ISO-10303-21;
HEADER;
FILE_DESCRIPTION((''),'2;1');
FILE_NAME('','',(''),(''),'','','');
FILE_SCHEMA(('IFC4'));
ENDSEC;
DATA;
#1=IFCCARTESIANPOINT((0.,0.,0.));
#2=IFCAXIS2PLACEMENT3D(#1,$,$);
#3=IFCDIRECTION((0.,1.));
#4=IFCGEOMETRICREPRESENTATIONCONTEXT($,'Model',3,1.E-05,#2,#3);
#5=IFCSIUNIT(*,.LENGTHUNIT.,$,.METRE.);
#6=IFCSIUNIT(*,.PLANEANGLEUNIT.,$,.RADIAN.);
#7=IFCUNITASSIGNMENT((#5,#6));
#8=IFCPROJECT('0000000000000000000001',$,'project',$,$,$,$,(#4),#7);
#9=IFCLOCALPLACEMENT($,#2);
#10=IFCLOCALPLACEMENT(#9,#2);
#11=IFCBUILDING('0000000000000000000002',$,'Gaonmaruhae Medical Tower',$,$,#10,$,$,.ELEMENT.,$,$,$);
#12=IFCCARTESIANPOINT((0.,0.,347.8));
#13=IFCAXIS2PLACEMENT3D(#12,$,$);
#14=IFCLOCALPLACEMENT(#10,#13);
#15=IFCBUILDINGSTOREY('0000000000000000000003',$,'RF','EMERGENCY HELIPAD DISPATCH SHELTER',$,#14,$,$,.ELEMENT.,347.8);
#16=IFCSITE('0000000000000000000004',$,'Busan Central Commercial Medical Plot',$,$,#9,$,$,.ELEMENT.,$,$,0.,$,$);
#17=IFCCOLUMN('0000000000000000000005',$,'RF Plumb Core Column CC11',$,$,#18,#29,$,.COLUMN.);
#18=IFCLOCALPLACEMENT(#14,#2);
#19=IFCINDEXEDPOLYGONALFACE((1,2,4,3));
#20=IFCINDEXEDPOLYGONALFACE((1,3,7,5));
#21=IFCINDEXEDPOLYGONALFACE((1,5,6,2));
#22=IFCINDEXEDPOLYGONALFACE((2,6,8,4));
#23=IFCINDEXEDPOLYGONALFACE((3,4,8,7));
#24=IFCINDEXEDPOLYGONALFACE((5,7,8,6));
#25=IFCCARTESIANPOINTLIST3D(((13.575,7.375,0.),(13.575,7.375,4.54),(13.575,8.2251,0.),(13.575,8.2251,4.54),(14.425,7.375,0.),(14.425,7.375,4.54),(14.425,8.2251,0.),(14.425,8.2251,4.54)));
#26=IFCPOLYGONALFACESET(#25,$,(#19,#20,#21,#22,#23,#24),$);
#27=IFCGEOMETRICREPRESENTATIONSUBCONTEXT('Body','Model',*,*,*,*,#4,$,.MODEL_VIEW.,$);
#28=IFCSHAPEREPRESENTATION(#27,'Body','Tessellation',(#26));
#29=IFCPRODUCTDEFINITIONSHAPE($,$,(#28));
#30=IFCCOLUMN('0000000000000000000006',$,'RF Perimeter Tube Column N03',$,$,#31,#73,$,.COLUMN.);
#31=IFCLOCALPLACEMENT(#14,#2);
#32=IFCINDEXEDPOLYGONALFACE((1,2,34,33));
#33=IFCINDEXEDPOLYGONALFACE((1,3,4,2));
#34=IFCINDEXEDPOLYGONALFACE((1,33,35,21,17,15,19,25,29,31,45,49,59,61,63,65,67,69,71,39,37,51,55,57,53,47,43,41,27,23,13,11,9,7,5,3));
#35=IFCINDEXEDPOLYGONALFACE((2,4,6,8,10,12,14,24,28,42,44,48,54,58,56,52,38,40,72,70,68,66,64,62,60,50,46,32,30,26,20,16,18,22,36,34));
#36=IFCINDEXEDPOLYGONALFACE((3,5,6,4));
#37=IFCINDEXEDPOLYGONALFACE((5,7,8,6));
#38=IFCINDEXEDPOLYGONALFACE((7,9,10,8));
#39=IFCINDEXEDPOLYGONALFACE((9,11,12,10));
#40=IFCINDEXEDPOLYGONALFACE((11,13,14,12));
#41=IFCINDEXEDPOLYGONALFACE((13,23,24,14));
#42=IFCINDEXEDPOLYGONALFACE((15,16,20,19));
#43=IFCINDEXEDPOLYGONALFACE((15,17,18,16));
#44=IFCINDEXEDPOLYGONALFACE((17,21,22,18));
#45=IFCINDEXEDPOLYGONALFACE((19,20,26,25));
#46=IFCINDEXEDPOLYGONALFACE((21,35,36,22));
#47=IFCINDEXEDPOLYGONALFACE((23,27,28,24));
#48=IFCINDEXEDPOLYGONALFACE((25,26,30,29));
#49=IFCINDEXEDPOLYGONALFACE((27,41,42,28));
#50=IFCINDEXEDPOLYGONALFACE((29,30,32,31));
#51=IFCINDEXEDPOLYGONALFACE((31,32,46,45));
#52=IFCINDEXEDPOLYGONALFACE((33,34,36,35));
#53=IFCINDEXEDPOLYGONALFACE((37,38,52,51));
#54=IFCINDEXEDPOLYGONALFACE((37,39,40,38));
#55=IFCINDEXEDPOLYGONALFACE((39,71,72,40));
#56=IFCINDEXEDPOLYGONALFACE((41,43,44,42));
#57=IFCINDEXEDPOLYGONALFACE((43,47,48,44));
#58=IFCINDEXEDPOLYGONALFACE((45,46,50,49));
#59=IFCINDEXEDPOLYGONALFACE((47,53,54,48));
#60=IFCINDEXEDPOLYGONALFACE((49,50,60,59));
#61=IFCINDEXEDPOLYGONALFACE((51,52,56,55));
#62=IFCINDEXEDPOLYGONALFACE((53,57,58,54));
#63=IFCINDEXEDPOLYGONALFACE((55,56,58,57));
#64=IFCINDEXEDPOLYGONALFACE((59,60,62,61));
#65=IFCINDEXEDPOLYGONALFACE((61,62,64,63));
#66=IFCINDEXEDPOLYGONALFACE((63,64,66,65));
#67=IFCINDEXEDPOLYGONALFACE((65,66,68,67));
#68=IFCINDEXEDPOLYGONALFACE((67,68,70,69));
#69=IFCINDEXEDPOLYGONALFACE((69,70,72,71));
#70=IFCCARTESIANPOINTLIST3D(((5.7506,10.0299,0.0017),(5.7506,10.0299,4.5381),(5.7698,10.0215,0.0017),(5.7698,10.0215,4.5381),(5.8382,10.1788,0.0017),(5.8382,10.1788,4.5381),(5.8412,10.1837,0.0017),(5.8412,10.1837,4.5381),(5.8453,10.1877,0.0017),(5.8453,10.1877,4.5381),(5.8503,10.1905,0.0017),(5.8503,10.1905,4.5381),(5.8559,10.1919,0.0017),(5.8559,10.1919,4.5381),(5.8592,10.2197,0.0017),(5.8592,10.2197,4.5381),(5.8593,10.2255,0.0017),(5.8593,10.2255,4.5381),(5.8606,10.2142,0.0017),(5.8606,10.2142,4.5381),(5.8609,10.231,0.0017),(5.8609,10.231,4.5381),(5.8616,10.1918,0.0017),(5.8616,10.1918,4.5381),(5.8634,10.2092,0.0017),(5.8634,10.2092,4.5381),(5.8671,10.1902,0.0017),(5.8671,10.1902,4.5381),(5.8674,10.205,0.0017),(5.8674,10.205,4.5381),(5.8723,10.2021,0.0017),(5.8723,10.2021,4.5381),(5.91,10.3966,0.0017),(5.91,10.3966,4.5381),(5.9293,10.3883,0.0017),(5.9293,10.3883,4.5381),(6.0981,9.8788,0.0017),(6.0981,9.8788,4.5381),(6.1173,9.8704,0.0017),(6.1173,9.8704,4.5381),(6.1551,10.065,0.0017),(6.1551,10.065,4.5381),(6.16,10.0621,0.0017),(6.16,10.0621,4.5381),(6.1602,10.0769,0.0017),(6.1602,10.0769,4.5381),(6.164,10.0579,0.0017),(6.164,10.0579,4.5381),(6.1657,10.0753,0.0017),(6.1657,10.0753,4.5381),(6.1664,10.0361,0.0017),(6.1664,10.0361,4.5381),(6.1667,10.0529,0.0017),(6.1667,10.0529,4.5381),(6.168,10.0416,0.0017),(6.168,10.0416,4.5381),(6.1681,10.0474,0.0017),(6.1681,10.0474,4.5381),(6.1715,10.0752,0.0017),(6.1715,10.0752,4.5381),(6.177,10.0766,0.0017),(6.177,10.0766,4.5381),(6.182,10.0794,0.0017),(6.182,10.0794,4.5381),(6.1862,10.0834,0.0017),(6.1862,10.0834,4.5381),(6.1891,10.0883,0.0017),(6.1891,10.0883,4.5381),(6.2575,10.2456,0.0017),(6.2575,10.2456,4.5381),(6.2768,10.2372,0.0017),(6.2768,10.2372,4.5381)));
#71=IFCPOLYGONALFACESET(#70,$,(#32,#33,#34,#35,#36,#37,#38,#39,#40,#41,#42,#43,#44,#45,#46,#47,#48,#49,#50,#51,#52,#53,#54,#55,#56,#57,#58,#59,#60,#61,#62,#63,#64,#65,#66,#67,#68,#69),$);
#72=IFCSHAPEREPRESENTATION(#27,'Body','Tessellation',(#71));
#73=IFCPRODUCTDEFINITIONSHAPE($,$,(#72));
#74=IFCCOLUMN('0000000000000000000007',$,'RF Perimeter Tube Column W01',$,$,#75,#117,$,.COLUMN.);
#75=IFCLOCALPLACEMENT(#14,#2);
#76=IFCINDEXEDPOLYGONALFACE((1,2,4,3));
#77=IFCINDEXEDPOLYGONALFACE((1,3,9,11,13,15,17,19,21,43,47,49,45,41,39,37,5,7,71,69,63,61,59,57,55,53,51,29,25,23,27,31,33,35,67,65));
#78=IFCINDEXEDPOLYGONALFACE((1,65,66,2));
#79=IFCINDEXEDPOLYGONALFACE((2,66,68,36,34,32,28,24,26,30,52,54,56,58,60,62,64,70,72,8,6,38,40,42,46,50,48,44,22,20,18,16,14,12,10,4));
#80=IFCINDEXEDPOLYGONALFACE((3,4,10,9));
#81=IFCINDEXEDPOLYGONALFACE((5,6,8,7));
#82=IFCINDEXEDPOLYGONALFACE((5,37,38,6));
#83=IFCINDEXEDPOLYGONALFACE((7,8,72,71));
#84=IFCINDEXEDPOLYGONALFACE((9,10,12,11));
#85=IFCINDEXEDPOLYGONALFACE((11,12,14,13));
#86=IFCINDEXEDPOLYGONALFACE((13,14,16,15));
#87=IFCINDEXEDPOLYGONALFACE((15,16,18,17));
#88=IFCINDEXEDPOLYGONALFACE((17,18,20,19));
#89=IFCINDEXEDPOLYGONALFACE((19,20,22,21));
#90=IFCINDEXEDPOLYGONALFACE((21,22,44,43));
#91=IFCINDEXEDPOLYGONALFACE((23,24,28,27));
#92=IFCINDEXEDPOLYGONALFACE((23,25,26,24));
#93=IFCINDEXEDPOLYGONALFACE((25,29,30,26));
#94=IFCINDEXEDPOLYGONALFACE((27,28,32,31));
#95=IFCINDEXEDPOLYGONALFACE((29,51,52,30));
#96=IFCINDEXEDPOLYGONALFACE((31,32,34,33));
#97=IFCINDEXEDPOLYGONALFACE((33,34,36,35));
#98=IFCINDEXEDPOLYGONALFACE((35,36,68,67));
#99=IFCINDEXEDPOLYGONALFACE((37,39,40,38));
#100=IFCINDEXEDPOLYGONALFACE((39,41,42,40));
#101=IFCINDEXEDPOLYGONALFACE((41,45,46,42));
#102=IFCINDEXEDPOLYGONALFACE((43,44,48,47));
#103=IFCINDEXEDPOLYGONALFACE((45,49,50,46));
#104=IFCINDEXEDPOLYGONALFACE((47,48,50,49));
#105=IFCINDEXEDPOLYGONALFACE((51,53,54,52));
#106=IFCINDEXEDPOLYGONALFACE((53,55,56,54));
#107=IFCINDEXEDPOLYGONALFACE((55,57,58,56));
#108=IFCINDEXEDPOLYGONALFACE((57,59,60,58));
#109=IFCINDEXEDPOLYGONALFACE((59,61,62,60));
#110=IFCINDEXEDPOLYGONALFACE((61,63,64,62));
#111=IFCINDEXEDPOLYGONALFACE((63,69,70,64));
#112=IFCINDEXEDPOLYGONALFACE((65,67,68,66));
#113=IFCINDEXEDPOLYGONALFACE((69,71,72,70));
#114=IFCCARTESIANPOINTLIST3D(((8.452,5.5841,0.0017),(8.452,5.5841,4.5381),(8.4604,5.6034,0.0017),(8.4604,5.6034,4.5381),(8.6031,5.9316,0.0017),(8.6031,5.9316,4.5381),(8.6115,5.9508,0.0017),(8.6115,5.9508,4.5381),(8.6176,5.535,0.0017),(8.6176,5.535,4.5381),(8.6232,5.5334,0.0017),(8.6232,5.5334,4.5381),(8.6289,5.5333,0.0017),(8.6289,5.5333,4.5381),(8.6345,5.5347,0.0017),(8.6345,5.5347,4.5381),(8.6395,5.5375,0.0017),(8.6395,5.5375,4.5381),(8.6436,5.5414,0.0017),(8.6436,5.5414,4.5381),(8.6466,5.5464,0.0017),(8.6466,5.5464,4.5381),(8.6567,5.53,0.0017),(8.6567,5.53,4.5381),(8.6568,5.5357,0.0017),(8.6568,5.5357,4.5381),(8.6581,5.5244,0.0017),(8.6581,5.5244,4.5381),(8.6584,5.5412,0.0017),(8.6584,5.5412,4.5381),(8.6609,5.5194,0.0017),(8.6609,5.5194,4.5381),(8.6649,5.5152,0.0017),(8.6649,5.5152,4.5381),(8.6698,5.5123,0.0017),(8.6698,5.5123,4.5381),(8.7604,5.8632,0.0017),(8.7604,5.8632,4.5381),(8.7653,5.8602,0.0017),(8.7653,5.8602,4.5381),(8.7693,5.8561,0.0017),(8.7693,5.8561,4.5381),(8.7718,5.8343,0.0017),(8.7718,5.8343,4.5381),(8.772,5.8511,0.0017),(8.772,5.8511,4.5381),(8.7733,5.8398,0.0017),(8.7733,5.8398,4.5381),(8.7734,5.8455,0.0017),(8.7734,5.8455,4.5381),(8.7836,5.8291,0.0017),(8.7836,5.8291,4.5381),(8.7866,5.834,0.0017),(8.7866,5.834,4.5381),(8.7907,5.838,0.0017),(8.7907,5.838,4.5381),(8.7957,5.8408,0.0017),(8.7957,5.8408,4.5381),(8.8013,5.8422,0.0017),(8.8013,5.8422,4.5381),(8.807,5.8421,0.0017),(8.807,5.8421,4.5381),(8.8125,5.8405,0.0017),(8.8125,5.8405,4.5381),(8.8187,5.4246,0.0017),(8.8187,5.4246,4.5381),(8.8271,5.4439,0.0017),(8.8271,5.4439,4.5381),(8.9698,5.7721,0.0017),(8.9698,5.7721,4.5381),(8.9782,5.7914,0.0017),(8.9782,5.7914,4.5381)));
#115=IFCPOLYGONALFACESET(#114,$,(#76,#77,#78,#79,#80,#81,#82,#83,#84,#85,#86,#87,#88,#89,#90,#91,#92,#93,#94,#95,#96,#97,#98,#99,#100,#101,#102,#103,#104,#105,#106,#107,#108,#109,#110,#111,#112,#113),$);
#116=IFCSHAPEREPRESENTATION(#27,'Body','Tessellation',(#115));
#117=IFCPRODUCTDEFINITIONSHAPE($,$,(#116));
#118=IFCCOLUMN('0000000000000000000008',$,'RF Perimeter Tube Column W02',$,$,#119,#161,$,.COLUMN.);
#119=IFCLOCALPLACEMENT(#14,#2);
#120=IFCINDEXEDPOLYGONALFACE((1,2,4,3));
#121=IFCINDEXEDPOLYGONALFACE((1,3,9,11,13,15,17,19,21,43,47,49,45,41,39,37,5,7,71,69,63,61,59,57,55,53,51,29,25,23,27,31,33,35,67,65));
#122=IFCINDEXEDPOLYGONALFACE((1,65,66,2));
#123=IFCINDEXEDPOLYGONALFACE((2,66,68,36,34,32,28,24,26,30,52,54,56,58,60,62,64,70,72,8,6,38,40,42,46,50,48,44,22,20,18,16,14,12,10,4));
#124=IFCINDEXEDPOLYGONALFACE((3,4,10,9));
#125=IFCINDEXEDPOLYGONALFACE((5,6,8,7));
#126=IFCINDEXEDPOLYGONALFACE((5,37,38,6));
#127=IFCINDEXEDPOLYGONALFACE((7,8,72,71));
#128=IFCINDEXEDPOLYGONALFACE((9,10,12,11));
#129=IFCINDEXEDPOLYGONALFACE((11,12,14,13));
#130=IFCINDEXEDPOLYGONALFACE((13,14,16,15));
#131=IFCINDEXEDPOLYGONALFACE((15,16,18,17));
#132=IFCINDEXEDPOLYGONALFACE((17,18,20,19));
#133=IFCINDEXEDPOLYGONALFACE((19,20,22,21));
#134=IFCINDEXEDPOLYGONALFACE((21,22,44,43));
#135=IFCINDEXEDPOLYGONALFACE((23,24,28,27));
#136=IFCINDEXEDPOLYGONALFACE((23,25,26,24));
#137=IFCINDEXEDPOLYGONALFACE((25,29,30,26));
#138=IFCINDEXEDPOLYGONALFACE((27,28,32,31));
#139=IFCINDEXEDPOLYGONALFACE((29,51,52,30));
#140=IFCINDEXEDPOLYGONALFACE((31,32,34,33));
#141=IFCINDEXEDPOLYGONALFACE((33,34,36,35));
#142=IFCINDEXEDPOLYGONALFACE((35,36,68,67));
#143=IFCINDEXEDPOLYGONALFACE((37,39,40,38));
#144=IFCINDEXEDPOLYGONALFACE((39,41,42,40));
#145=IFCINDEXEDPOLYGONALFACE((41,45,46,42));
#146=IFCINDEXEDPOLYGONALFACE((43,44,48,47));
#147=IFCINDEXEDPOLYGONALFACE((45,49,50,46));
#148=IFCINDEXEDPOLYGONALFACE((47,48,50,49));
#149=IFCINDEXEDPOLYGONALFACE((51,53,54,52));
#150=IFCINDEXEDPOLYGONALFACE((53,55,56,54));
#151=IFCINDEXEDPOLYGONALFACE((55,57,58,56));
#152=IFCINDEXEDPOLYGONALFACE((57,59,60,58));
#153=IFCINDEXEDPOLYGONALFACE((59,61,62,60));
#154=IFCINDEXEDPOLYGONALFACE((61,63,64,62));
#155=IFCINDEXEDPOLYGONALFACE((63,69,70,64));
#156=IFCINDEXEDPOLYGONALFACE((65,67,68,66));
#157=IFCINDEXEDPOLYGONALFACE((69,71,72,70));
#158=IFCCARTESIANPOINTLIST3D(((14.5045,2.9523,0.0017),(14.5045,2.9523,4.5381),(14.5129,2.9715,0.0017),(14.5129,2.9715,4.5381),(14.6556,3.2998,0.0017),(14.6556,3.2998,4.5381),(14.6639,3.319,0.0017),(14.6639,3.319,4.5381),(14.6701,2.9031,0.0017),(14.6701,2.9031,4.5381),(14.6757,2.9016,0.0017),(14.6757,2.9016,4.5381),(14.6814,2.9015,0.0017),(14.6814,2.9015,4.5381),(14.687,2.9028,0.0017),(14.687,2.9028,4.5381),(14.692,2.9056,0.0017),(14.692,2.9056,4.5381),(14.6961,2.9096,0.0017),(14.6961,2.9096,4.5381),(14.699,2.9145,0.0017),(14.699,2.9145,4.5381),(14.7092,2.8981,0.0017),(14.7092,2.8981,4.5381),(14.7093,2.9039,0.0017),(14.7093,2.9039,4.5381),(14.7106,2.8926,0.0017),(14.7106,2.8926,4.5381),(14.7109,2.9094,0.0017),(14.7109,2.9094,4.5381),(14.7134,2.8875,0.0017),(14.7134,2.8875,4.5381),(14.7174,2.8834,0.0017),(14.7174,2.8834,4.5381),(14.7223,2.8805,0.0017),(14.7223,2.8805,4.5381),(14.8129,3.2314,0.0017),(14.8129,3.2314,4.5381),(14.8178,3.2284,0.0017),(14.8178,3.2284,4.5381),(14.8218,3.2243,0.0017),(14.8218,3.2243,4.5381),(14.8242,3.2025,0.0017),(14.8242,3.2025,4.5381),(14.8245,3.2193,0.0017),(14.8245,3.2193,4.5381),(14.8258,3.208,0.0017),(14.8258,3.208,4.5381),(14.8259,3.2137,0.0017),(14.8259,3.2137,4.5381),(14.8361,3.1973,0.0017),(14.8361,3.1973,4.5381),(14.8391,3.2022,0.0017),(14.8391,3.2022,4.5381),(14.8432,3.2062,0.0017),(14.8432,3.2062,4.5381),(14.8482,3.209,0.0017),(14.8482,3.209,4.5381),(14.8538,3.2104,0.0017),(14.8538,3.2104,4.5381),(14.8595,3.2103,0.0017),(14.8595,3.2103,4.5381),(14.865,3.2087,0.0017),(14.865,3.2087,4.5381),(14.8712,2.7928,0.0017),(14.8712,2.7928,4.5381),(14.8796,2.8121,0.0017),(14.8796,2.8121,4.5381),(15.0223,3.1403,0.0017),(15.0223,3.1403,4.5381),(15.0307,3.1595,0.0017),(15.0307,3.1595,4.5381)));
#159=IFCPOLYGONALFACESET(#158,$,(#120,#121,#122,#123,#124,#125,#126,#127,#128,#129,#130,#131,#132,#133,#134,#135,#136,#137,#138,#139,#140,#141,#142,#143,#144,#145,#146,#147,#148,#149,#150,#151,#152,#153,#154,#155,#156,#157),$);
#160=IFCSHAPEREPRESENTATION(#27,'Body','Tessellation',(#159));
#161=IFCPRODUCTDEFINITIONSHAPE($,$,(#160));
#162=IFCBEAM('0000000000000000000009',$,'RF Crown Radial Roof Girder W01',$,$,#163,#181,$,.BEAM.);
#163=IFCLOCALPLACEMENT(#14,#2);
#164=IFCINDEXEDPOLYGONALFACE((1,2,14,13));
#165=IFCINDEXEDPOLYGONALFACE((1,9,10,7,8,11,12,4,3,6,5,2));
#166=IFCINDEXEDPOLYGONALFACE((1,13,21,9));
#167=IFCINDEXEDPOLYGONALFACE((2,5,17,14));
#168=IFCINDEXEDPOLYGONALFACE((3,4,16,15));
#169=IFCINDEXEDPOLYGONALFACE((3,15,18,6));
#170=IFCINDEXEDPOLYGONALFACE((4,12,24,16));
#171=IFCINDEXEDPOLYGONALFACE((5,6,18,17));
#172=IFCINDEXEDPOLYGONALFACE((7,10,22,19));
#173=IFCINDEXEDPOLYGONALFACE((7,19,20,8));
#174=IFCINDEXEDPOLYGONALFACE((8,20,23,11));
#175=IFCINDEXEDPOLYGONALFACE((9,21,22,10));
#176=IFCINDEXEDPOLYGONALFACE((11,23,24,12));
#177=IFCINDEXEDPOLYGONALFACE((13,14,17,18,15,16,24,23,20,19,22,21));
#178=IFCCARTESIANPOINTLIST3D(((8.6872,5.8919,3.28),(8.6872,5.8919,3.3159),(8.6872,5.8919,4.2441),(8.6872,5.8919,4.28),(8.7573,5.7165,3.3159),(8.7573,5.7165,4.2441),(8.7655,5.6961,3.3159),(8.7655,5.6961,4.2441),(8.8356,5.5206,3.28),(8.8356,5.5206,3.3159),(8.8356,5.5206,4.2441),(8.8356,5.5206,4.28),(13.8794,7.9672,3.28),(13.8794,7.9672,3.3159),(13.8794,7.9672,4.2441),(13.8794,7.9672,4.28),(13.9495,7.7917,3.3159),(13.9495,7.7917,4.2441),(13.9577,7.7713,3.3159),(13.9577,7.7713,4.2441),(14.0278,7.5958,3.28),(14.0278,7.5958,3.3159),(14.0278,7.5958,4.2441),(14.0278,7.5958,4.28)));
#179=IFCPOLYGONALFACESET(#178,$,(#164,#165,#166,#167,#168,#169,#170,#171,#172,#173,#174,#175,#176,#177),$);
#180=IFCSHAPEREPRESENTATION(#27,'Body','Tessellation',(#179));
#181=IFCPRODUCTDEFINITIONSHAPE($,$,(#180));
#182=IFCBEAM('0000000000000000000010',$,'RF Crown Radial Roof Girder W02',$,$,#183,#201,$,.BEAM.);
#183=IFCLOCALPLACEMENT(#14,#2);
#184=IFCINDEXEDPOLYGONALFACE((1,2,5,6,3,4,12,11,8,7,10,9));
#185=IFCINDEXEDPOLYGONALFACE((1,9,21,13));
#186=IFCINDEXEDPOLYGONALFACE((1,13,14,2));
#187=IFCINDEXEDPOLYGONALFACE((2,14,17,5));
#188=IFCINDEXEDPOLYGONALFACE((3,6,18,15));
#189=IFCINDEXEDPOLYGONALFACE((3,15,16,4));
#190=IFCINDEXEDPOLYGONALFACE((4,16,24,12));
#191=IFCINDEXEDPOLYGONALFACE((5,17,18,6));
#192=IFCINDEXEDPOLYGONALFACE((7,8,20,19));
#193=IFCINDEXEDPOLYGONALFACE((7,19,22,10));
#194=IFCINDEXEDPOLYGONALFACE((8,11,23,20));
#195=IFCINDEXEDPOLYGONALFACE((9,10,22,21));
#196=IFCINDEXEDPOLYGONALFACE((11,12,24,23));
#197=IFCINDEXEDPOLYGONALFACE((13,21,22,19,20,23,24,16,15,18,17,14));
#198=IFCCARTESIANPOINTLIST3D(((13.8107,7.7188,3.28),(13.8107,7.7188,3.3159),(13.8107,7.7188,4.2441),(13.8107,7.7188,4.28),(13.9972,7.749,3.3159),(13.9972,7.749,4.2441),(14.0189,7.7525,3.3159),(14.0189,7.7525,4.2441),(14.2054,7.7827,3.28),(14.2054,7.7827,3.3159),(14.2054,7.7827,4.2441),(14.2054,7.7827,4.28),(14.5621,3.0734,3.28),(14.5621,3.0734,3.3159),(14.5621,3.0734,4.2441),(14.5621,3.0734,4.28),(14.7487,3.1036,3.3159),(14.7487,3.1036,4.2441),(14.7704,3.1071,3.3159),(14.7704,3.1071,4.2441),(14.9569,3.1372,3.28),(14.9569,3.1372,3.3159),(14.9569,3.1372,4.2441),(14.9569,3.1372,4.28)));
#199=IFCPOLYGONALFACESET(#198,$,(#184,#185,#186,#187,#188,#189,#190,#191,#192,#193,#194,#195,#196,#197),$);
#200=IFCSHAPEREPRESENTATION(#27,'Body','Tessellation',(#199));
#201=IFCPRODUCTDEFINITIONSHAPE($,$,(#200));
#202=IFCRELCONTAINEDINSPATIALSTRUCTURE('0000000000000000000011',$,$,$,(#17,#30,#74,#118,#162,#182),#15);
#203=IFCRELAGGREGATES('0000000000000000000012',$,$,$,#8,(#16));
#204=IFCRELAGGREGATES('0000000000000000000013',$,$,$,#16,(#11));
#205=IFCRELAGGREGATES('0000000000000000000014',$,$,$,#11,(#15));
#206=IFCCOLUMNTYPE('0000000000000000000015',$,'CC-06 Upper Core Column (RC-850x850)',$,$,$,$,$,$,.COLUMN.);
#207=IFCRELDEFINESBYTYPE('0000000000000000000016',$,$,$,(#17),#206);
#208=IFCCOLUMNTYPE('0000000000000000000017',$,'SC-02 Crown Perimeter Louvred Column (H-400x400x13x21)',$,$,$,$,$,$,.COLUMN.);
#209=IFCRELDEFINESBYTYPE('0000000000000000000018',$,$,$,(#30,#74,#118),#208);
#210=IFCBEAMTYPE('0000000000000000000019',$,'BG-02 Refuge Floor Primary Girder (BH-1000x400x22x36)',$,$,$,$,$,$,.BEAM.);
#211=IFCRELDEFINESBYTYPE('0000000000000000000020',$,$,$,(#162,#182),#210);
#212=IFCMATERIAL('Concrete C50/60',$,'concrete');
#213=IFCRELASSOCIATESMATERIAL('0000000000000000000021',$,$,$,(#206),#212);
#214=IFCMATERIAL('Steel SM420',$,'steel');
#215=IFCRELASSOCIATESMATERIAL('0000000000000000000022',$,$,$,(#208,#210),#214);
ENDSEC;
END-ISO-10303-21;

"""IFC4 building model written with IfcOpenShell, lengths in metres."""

from ifc_helpers import new_model, si_unit, direction, frame, origin, origin_2d, place, context, subcontext, project, spatial, rectangle, i_section, extrude, material, material_profile, profile_set, type_object, element, save


model = new_model("IFC4")

# Units and contexts
model_context = context("Model", 3, precision=1e-05, world=origin(), true_north=direction((0.0, 1.0)))
body_context = subcontext(model_context, "Body", "Model", "MODEL_VIEW")
ifc_project = project(units=[si_unit("LENGTHUNIT", "METRE"), si_unit("PLANEANGLEUNIT", "RADIAN")], contexts=[model_context])

# Site, building, storey
site_placement = place(None, origin())
site = spatial("IfcSite", under=ifc_project, at=site_placement, Name="Busan Central Commercial Medical Plot", CompositionType="ELEMENT", RefElevation=0.0)
building_placement = place(site_placement, origin())
building = spatial("IfcBuilding", under=site, at=building_placement, Name="Gaonmaruhae Medical Tower", CompositionType="ELEMENT")
storey_placement = place(building_placement, frame((0.0, 0.0, 347.8)))
storey = spatial("IfcBuildingStorey", under=building, at=storey_placement, Name="RF", Description="EMERGENCY HELIPAD DISPATCH SHELTER", CompositionType="ELEMENT", Elevation=347.8)

# Columns
ifc_material_1 = material(Name="Concrete C50/60", Category="concrete")
ifc_material_profile_1 = material_profile(ifc_material_1, rectangle(XDim=0.8501, YDim=0.8501, at=origin_2d()), Name="RC-850x850")
ifc_profile_set_1 = profile_set([ifc_material_profile_1], Name="Concrete C50/60")
column_type_1 = type_object("IfcColumnType", Name="CC-06 Upper Core Column (RC-850x850)", PredefinedType="COLUMN", material=ifc_profile_set_1)
column_placement = place(storey_placement, frame((14.0, 7.8, 0.0), z_axis=(0.0, 0.0, 1.0), x_axis=(1.0, 0.0, 0.0)))
element("IfcColumn", 1, at=column_placement, inside=storey, type_object=column_type_1, Name="RF Plumb Core Column CC11", PredefinedType="COLUMN", context=body_context, shape_type="SweptSolid", body=[
    extrude(rectangle(XDim=0.8501, YDim=0.8501, at=origin_2d()), origin(), (0.0, 0.0, 1.0), 4.54),
])
ifc_material_2 = material(Name="Steel SM420", Category="steel")
ifc_material_profile_2 = material_profile(ifc_material_2, i_section(OverallWidth=0.3999, OverallDepth=0.3999, WebThickness=0.0129, FlangeThickness=0.021, FilletRadius=0.022, at=origin_2d()), Name="H-400x400x13x21")
ifc_profile_set_2 = profile_set([ifc_material_profile_2], Name="Steel SM420")
column_type_2 = type_object("IfcColumnType", Name="SC-02 Crown Perimeter Louvred Column (H-400x400x13x21)", PredefinedType="COLUMN", material=ifc_profile_set_2)
for number, where, z_axis, x_axis, name in (
    (2, (6.0137, 10.1335, 0.0017), (0.0, 0.0, 1.0), (0.398749, 0.91706, 0.0), "RF Perimeter Tube Column N03"),
    (3, (8.7151, 5.6877, 0.0017), (0.0, 0.0, 1.0), (-0.91706, 0.398749, 0.0), "RF Perimeter Tube Column W01"),
    (4, (14.7676, 3.0559, 0.0017), (0.0, 0.0, 1.0), (-0.91706, 0.398749, 0.0), "RF Perimeter Tube Column W02"),
):
    element("IfcColumn", number, at=place(storey_placement, frame(where, z_axis=z_axis, x_axis=x_axis)), inside=storey, type_object=column_type_2, Name=name, PredefinedType="COLUMN", context=body_context, shape_type="SweptSolid", body=[
        extrude(i_section(OverallWidth=0.3999, OverallDepth=0.3999, WebThickness=0.0129, FlangeThickness=0.021, FilletRadius=0.022, at=origin_2d()), origin(), (0.0, 0.0, 1.0), 4.5364),
    ])

# Beams
ifc_material_profile_3 = material_profile(ifc_material_2, i_section(OverallWidth=0.3999, OverallDepth=1.0, WebThickness=0.022, FlangeThickness=0.0359, at=origin_2d()), Name="BH-1000x400x22x36")
ifc_profile_set_3 = profile_set([ifc_material_profile_3], Name="Steel SM420")
beam_type_1 = type_object("IfcBeamType", Name="BG-02 Refuge Floor Primary Girder (BH-1000x400x22x36)", PredefinedType="BEAM", material=ifc_profile_set_3)
beam_1_placement = place(storey_placement, frame((13.9536, 7.7815, 3.78), z_axis=(-0.928579, -0.371135, 0.0), x_axis=(0.371135, -0.928579, 0.0)))
element("IfcBeam", 5, at=beam_1_placement, inside=storey, type_object=beam_type_1, Name="RF Crown Radial Roof Girder W01", PredefinedType="BEAM", context=body_context, shape_type="SweptSolid", body=[
    extrude(i_section(OverallWidth=0.3999, OverallDepth=1.0, WebThickness=0.022, FlangeThickness=0.0359, at=origin_2d()), origin(), (0.0, 0.0, 1.0), 5.5916),
])
beam_2_placement = place(storey_placement, frame((14.0081, 7.7507, 3.78), z_axis=(0.159686, -0.987168, 0.0), x_axis=(0.987168, 0.159686, 0.0)))
element("IfcBeam", 6, at=beam_2_placement, inside=storey, type_object=beam_type_1, Name="RF Crown Radial Roof Girder W02", PredefinedType="BEAM", context=body_context, shape_type="SweptSolid", body=[
    extrude(i_section(OverallWidth=0.3999, OverallDepth=1.0, WebThickness=0.022, FlangeThickness=0.0359, at=origin_2d()), origin(), (0.0, 0.0, 1.0), 4.7058),
])

save(model, "model.ifc")
